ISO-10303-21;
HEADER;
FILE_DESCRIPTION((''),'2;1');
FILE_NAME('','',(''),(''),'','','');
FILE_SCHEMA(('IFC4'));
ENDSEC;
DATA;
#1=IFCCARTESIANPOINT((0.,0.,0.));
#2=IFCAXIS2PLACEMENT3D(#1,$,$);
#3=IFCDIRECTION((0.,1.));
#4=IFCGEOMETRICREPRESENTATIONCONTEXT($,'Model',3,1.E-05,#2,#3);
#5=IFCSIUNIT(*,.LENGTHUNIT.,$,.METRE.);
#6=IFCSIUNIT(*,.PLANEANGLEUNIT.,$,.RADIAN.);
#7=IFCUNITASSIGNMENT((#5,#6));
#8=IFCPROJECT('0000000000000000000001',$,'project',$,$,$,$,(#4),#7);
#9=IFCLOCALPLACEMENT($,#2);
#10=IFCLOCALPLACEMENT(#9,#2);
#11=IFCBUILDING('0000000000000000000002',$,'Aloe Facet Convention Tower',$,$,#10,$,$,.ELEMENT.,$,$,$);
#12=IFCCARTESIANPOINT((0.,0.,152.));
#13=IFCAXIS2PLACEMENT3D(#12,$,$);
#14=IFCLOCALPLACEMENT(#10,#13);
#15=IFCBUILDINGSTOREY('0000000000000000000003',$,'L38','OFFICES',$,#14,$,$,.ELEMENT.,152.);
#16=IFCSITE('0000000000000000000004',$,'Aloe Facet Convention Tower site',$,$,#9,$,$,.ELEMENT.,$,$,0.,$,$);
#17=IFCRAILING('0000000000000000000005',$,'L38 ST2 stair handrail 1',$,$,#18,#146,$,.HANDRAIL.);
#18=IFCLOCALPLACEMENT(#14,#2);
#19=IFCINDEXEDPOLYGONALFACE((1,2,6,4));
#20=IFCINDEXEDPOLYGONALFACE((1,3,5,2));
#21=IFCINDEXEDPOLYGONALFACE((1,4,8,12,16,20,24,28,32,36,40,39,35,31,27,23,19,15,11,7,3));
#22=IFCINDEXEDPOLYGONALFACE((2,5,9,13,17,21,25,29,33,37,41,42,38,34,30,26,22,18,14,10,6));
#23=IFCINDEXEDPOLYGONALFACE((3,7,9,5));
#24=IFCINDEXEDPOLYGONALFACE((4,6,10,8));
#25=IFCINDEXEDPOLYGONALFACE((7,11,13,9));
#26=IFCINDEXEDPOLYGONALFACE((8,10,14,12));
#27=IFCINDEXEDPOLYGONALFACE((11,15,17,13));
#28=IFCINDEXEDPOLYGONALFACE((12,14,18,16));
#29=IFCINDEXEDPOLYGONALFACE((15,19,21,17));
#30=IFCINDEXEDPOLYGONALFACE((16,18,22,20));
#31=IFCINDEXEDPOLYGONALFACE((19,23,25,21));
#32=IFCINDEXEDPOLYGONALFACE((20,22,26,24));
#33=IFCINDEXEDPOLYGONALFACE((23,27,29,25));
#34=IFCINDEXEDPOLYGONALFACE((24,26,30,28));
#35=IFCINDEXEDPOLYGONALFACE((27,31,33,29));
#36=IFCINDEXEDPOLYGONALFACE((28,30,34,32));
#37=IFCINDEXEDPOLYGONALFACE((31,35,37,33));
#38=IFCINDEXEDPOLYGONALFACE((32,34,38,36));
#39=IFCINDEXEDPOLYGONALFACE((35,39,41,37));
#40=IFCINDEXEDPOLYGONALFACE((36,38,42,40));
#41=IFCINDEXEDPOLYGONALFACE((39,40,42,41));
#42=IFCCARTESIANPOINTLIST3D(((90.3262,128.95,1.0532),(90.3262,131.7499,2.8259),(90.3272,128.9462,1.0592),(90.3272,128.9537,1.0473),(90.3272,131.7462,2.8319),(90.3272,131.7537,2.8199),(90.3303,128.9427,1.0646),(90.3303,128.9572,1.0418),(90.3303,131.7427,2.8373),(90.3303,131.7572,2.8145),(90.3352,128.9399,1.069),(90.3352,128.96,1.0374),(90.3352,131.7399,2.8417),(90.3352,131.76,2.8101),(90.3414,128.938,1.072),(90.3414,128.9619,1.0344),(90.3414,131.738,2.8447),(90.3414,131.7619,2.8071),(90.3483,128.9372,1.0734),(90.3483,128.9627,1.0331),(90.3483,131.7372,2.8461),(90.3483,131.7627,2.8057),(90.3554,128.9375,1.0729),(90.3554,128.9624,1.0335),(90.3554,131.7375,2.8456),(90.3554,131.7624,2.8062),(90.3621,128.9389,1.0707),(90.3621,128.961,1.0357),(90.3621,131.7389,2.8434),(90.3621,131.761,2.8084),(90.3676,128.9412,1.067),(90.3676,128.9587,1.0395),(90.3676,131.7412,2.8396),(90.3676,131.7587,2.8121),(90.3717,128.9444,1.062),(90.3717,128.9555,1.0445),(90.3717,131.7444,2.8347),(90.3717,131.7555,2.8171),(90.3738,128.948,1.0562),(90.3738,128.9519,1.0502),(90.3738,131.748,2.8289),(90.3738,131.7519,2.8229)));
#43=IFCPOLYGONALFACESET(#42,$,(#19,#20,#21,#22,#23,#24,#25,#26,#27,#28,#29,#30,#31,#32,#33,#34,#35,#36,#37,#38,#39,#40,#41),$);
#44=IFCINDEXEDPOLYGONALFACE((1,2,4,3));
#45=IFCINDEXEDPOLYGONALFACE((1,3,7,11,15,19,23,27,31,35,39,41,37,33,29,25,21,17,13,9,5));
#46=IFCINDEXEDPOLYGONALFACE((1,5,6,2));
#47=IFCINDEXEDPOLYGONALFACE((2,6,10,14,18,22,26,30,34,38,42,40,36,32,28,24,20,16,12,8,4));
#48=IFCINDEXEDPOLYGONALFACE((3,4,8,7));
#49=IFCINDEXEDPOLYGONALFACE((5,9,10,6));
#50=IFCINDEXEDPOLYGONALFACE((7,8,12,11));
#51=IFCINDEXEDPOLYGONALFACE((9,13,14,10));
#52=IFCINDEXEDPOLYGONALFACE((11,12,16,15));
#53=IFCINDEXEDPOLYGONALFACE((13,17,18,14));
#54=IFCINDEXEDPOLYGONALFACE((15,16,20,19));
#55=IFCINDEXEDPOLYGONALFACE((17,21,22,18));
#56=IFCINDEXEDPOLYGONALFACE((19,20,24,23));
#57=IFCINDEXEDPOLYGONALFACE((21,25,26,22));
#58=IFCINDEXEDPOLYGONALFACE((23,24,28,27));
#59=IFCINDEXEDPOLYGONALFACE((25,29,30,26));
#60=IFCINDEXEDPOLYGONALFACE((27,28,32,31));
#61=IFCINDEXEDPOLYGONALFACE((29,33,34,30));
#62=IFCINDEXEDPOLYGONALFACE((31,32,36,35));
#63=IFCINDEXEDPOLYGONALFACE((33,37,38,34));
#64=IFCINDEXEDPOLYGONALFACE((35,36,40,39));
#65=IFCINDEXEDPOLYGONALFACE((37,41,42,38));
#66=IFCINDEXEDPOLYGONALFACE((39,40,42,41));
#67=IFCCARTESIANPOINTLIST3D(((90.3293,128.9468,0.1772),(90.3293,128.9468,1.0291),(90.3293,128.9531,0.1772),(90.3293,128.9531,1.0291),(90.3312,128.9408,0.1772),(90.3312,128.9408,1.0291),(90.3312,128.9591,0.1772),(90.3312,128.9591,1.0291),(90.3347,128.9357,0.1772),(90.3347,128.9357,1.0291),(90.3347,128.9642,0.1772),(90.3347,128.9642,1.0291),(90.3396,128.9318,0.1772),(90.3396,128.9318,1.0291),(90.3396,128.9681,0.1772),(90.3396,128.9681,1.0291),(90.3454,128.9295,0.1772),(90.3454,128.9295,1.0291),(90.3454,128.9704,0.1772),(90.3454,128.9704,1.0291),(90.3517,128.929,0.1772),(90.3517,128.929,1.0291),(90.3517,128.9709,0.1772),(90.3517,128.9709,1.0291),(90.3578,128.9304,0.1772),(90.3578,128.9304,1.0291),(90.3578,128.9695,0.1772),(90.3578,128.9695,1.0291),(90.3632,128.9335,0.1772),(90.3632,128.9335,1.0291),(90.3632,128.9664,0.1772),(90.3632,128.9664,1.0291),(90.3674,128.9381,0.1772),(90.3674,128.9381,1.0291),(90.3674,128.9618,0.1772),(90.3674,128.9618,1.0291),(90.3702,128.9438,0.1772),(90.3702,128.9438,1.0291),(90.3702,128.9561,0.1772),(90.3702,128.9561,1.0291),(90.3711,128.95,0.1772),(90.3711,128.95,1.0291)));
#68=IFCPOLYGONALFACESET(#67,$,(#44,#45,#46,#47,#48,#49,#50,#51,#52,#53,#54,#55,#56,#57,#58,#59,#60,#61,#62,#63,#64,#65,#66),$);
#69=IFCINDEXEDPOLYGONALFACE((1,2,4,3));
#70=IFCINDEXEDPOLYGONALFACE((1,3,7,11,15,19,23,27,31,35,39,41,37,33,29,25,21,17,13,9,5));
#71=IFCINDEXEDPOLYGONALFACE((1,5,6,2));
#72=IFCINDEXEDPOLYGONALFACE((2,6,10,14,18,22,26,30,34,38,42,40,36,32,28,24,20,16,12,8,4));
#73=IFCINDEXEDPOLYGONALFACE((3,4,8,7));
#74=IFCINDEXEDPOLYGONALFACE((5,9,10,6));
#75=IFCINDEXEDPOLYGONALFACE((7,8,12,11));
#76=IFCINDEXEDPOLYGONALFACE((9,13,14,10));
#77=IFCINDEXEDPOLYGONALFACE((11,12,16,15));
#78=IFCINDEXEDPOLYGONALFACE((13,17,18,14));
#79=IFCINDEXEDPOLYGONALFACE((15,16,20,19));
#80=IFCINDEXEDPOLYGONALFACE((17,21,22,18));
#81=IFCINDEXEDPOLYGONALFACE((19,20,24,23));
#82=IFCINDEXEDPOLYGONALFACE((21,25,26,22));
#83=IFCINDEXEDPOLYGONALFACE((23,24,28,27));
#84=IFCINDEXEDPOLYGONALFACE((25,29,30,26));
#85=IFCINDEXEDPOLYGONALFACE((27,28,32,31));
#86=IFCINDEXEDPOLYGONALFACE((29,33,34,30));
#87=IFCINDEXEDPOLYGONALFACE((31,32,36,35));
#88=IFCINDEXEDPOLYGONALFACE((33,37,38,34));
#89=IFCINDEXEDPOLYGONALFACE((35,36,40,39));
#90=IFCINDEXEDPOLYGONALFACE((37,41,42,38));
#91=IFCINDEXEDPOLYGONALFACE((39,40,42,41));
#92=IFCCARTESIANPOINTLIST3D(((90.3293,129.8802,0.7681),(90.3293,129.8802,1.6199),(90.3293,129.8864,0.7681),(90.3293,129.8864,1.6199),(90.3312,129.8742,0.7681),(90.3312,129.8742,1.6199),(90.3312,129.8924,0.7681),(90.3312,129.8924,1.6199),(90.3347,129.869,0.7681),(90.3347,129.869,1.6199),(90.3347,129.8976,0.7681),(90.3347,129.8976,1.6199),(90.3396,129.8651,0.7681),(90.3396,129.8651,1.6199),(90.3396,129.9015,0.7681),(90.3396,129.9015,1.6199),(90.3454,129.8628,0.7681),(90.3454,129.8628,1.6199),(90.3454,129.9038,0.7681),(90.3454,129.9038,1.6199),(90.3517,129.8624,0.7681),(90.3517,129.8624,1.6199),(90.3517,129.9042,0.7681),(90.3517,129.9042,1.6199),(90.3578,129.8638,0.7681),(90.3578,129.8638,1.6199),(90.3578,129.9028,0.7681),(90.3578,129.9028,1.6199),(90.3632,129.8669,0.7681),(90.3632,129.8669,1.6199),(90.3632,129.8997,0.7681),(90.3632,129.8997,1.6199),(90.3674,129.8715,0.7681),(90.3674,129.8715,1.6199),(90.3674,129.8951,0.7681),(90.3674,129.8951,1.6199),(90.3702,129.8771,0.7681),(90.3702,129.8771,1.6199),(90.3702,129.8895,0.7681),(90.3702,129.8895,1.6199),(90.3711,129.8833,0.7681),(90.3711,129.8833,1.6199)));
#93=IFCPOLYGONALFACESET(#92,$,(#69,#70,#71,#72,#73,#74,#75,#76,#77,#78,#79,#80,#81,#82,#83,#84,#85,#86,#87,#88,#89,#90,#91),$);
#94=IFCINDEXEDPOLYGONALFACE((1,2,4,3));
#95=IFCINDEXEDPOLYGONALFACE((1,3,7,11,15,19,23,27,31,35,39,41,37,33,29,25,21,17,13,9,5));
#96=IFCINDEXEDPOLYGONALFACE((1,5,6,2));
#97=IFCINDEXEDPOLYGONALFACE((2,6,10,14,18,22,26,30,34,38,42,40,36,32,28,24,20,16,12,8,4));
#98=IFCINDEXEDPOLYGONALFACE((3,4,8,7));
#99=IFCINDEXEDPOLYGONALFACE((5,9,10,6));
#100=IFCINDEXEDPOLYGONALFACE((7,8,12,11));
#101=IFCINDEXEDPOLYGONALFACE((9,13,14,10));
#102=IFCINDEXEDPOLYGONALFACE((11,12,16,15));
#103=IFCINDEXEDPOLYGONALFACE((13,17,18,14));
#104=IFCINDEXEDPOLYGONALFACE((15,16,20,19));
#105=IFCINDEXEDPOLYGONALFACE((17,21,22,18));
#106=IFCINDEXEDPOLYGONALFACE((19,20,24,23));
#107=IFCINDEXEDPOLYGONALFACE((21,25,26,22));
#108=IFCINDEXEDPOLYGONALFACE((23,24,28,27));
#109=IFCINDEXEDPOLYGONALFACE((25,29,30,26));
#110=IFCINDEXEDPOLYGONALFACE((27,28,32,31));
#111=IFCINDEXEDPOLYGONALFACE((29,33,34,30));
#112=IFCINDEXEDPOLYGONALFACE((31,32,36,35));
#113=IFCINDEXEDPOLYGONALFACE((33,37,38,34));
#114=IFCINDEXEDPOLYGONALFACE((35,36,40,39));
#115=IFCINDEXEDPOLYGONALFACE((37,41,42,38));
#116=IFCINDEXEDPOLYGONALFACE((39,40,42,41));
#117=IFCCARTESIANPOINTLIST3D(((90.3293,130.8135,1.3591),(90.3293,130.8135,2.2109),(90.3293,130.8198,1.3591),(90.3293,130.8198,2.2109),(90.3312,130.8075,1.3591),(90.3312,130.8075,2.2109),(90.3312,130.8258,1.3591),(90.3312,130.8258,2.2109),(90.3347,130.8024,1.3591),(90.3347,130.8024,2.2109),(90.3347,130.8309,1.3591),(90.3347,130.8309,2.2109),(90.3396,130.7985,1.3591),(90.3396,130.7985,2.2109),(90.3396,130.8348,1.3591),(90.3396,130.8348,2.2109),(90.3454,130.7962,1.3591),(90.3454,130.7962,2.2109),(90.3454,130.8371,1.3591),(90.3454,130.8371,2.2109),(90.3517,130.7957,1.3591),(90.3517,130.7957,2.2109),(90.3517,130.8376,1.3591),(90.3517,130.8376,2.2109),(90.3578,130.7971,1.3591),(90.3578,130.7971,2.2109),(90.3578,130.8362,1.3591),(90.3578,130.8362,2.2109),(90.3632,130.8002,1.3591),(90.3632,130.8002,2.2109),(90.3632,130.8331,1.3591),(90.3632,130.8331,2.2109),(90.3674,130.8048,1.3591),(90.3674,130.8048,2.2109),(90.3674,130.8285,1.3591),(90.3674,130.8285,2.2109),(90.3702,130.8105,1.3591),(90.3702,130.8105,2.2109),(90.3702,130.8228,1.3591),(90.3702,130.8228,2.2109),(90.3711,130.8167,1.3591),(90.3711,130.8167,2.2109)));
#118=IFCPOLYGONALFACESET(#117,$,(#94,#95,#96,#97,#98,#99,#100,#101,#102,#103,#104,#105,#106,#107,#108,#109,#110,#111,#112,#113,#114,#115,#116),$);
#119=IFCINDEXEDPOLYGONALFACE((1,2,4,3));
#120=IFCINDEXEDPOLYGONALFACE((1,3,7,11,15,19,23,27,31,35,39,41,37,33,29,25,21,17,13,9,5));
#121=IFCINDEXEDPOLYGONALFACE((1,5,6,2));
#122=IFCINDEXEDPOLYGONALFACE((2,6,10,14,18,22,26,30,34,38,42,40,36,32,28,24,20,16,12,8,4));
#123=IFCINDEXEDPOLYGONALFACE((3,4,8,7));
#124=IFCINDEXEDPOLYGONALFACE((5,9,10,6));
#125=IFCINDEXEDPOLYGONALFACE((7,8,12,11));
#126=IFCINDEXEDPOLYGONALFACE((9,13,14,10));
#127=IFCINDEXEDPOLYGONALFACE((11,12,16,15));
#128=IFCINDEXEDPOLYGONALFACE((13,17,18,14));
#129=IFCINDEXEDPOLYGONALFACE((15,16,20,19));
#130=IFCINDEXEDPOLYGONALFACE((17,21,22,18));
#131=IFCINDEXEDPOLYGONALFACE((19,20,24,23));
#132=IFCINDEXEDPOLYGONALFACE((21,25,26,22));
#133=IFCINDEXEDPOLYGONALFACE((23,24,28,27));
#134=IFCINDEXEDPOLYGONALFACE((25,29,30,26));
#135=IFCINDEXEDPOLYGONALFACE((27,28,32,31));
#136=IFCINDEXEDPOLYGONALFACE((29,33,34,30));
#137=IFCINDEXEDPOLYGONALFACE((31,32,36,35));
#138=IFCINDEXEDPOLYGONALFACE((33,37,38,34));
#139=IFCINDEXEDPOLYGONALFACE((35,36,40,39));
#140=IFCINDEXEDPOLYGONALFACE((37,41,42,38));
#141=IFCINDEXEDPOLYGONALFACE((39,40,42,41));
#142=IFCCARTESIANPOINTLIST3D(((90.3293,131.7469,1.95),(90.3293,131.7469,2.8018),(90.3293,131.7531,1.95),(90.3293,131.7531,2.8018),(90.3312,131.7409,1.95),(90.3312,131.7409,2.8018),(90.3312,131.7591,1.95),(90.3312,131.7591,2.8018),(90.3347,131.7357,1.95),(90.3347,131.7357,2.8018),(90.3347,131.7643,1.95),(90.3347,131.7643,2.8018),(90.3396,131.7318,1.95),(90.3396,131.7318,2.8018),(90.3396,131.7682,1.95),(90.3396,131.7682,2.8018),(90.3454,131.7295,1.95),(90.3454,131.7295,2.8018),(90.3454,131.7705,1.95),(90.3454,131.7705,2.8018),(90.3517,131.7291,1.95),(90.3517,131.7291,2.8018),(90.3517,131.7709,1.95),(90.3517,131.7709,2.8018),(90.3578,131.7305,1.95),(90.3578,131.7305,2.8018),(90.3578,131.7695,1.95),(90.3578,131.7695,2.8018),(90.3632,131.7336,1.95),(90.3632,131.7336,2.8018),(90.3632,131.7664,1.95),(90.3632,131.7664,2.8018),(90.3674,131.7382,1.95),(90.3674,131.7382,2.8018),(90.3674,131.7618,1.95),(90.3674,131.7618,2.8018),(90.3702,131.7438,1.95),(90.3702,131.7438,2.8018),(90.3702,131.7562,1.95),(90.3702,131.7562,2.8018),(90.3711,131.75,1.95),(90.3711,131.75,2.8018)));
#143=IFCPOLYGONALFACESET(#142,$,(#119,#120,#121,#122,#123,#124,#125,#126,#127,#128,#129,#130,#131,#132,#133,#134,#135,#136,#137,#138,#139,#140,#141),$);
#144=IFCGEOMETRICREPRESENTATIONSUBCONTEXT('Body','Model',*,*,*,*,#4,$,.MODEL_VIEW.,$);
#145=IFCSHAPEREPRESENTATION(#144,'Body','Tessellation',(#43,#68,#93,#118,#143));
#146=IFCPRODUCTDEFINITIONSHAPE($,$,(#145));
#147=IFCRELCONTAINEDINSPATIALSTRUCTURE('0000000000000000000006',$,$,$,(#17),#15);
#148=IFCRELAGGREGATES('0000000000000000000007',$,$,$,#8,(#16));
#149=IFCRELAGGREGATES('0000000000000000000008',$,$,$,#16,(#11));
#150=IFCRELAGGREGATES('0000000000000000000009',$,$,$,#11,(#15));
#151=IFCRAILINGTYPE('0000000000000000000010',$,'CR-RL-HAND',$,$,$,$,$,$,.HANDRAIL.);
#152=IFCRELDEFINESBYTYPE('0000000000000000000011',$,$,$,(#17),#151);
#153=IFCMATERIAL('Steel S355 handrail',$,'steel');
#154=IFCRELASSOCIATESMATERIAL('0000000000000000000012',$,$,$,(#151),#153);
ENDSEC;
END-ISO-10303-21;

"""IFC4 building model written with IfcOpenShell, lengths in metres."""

from ifc_helpers import new_model, si_unit, direction, frame, origin, origin_2d, place, context, subcontext, project, spatial, circle, extrude, material, type_object, element, save


model = new_model("IFC4")

# Units and contexts
model_context = context("Model", 3, precision=1e-05, world=origin(), true_north=direction((0.0, 1.0)))
body_context = subcontext(model_context, "Body", "Model", "MODEL_VIEW")
ifc_project = project(units=[si_unit("LENGTHUNIT", "METRE"), si_unit("PLANEANGLEUNIT", "RADIAN")], contexts=[model_context])

# Site, building, storey
site_placement = place(None, origin())
site = spatial("IfcSite", under=ifc_project, at=site_placement, Name="Aloe Facet Convention Tower site", CompositionType="ELEMENT", RefElevation=0.0)
building_placement = place(site_placement, origin())
building = spatial("IfcBuilding", under=site, at=building_placement, Name="Aloe Facet Convention Tower", CompositionType="ELEMENT")
storey_placement = place(building_placement, frame((0.0, 0.0, 152.0)))
storey = spatial("IfcBuildingStorey", under=building, at=storey_placement, Name="L38", Description="OFFICES", CompositionType="ELEMENT", Elevation=152.0)

# Railing
ifc_material_1 = material(Name="Steel S355 handrail", Category="steel")
railing_type_1 = type_object("IfcRailingType", Name="CR-RL-HAND", PredefinedType="HANDRAIL", material=ifc_material_1)
railing_1_placement = place(storey_placement, frame((90.3501, 128.95, 0.1772)))
element("IfcRailing", 1, at=railing_1_placement, inside=storey, type_object=railing_type_1, Name="L38 ST2 stair handrail 1", PredefinedType="HANDRAIL", context=body_context, shape_type="SweptSolid", body=[
    extrude(circle(Radius=0.0239, at=origin_2d()), frame((0.0, 0.0, 0.876), z_axis=(0.0, 0.844909, 0.53491), x_axis=(-1.0, 0.0, 0.0)), (0.0, 0.0, 1.0), 3.314),
    extrude(circle(Radius=0.021, at=origin_2d()), origin(), (0.0, 0.0, 1.0), 0.8518),
    extrude(circle(Radius=0.021, at=origin_2d()), frame((0.0, 0.9333, 0.5908)), (0.0, 0.0, 1.0), 0.8518),
    extrude(circle(Radius=0.021, at=origin_2d()), frame((0.0, 1.8667, 1.1819)), (0.0, 0.0, 1.0), 0.8518),
    extrude(circle(Radius=0.021, at=origin_2d()), frame((0.0, 2.8, 1.7727)), (0.0, 0.0, 1.0), 0.8518),
])

save(model, "model.ifc")
